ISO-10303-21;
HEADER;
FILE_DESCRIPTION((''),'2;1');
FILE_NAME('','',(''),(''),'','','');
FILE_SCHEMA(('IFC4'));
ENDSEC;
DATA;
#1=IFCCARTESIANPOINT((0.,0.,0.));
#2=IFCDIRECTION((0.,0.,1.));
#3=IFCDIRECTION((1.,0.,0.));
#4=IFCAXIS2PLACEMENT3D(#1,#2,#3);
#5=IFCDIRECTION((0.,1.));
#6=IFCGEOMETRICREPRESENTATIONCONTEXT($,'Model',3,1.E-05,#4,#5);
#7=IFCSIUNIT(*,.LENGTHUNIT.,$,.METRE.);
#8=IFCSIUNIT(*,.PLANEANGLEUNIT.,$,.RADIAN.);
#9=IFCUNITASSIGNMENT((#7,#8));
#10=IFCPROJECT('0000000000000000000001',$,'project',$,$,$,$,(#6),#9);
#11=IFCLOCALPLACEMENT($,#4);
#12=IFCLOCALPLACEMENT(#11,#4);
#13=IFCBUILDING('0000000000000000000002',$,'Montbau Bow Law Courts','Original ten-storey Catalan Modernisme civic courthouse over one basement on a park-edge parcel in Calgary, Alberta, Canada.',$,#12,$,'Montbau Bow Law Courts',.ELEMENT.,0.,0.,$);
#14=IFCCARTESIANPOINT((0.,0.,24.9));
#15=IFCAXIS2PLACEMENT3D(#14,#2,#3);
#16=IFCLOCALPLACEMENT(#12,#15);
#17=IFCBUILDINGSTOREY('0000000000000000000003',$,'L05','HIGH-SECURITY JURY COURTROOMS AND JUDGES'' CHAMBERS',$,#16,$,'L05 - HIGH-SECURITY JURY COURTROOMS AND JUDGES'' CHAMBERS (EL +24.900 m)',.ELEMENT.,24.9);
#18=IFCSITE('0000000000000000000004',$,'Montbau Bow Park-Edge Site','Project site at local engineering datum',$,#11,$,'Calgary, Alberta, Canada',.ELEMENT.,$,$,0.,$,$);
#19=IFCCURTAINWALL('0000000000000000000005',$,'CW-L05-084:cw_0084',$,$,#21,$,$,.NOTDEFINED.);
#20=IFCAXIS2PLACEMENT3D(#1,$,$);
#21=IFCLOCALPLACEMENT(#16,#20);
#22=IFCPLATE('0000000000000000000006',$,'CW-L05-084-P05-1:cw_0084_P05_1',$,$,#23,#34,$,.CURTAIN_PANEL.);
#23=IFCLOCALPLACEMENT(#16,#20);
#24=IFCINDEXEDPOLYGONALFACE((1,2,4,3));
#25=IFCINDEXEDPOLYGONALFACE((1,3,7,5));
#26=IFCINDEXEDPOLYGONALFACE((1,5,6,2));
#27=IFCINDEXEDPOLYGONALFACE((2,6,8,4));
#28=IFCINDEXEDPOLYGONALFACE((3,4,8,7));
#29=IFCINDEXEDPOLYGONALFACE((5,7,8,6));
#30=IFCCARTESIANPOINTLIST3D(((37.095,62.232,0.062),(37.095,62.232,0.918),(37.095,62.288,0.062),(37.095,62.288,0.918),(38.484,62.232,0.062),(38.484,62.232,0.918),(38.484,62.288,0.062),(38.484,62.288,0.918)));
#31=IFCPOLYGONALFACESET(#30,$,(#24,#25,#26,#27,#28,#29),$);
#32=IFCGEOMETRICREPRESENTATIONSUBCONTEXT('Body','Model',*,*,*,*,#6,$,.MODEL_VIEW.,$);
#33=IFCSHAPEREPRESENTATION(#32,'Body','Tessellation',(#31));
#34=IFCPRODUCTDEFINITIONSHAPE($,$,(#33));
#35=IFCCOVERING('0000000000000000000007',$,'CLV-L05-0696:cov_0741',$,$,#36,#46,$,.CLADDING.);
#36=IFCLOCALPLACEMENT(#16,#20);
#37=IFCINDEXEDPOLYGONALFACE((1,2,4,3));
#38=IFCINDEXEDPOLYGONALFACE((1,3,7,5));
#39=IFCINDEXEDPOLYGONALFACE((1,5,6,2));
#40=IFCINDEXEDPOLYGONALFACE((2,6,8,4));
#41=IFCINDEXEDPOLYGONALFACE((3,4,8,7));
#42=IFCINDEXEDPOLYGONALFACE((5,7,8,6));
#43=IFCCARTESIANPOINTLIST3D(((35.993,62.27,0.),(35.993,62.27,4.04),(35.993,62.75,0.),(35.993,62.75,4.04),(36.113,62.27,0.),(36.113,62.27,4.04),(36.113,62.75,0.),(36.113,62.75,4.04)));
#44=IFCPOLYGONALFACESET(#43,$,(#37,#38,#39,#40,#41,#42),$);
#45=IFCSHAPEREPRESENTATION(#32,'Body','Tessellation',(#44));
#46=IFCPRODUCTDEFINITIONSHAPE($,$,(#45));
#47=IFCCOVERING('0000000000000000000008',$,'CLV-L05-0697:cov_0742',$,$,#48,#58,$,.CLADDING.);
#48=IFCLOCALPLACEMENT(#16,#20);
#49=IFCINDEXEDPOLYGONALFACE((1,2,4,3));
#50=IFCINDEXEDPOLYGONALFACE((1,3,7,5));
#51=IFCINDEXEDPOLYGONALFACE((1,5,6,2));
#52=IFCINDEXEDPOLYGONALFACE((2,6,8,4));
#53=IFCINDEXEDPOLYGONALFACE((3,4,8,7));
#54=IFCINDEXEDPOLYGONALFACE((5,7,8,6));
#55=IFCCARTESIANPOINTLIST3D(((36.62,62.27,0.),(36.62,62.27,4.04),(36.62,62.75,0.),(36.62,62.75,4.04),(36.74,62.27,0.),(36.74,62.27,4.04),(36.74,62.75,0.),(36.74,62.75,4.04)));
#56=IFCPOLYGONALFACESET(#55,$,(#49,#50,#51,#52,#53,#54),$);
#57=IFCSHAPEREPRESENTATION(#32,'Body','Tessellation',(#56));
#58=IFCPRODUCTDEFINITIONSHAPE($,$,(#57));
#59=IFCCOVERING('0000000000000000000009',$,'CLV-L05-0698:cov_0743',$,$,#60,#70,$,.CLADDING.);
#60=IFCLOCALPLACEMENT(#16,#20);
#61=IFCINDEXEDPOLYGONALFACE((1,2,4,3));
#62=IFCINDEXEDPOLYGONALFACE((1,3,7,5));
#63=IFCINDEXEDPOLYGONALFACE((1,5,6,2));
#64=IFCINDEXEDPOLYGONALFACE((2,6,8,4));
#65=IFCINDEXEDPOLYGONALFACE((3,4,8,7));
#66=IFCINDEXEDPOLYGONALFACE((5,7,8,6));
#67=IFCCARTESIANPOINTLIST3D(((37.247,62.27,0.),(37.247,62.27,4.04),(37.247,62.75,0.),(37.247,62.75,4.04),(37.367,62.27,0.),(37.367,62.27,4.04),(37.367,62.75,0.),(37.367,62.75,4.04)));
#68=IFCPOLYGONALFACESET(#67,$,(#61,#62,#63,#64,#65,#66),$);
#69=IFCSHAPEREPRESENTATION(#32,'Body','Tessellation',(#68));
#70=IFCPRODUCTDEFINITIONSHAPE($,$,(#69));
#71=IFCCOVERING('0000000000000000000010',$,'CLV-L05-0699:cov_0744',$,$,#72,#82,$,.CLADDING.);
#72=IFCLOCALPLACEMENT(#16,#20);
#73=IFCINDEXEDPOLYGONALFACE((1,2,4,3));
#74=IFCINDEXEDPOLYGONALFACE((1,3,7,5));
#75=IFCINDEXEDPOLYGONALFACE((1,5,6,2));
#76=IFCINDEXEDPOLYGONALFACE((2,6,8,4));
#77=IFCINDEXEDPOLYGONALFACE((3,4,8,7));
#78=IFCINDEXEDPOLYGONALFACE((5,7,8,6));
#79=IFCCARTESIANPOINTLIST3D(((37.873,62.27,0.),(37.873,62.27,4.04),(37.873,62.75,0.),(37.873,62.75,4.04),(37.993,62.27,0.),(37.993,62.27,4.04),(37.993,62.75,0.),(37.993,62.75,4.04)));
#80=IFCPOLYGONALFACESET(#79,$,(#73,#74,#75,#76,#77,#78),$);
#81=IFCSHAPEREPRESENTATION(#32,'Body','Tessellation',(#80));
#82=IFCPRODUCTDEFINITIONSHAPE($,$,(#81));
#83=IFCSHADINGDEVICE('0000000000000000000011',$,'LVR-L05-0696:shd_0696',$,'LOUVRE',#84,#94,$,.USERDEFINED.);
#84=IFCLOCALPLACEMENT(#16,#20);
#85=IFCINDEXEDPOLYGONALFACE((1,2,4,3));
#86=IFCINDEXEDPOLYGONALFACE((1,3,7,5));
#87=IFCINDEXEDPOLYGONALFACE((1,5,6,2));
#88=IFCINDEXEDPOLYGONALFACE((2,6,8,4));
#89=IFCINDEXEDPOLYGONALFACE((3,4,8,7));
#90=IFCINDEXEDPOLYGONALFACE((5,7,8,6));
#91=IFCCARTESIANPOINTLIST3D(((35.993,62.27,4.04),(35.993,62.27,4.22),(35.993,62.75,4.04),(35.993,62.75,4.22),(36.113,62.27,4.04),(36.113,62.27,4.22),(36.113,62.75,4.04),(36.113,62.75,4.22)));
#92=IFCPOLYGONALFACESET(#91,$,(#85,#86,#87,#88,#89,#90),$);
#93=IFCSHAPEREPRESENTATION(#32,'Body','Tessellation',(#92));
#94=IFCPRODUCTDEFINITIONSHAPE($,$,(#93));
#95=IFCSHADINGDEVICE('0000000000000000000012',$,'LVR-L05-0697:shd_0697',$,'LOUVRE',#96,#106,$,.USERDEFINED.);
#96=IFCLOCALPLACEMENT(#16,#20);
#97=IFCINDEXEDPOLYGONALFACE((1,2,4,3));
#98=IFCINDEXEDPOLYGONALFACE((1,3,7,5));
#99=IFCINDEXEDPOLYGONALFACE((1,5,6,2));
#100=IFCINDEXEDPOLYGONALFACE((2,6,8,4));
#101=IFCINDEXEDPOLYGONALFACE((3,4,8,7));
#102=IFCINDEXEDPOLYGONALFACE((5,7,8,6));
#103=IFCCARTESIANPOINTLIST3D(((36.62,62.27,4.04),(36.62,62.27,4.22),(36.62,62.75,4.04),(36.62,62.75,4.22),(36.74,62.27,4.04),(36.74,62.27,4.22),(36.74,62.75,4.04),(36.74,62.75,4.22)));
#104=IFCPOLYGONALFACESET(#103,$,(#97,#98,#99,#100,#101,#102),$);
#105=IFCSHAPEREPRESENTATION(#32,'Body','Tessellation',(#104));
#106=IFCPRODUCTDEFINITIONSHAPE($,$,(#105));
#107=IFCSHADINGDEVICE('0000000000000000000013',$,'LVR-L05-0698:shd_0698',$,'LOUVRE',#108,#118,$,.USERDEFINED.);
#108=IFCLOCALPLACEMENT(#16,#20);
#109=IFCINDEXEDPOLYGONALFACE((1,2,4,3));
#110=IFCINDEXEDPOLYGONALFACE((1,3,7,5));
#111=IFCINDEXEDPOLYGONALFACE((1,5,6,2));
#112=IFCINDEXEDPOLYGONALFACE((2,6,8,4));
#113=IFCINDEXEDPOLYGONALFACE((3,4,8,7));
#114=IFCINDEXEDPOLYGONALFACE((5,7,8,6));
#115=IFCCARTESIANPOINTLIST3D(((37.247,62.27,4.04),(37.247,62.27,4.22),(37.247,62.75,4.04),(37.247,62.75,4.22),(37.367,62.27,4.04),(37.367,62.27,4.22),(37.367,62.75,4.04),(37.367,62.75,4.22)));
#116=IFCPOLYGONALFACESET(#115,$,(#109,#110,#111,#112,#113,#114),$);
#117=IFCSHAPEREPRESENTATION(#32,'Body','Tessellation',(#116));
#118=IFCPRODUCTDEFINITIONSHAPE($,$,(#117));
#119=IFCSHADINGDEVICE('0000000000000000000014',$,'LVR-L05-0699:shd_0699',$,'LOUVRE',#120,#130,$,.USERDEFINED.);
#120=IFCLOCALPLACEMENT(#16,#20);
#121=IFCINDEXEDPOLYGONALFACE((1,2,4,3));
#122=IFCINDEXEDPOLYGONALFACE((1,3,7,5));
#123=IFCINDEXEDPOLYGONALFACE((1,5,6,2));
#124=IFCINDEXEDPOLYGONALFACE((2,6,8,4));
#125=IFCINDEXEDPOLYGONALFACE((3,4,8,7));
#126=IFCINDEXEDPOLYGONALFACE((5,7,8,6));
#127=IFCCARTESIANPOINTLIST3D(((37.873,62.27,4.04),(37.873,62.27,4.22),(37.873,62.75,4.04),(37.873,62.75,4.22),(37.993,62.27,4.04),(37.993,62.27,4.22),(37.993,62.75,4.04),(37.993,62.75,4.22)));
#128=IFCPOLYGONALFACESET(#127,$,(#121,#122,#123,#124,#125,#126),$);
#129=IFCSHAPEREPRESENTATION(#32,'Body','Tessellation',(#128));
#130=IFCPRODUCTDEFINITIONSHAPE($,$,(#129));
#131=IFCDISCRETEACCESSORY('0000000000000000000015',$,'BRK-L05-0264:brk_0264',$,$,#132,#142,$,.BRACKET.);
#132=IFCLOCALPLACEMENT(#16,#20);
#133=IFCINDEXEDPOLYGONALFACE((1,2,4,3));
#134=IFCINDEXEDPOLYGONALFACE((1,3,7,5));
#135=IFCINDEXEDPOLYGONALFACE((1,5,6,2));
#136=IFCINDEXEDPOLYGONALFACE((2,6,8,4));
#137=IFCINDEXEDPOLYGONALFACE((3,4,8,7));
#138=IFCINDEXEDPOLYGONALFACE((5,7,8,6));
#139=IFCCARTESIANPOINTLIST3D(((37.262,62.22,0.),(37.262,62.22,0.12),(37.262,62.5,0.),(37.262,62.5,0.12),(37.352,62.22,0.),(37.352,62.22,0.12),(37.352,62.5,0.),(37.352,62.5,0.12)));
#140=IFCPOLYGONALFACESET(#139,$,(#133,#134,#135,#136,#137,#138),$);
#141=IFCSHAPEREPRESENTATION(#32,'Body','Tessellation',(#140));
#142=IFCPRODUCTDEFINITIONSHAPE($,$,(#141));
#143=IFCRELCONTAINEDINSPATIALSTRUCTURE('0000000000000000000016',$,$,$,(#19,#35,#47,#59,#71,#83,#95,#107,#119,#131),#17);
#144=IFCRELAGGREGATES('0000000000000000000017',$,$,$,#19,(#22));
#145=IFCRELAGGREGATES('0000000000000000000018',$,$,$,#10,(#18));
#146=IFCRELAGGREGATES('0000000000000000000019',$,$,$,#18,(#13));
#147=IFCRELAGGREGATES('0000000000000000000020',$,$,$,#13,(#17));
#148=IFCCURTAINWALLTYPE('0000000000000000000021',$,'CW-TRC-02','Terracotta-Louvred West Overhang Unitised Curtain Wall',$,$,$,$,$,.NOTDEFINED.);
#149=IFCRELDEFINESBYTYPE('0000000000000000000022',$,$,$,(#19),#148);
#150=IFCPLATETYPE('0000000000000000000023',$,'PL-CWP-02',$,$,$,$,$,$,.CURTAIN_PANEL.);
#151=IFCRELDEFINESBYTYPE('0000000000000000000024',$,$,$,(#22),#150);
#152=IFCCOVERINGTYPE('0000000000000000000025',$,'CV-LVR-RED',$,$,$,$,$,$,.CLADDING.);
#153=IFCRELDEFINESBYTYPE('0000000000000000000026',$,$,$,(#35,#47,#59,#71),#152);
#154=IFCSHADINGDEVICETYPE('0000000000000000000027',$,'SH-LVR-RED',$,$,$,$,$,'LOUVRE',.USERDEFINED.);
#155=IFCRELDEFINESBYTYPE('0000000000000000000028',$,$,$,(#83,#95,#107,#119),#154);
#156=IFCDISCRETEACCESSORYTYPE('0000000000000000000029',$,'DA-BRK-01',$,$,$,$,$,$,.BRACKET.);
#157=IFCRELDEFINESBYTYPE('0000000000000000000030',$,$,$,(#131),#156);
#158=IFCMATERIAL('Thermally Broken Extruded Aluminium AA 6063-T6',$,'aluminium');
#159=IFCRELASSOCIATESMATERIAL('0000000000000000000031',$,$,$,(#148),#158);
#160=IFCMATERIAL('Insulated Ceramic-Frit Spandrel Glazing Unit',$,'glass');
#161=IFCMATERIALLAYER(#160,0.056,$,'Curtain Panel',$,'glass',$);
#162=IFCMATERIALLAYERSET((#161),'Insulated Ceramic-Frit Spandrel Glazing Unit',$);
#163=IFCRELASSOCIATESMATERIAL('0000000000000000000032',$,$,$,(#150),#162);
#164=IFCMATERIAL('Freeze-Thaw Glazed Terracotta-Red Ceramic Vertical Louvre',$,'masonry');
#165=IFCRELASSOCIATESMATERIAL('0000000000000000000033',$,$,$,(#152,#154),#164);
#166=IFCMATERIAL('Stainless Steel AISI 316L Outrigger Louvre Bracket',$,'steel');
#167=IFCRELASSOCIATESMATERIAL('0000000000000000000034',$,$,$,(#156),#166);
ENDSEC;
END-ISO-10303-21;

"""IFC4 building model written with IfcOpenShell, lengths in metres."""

from ifc_helpers import new_model, si_unit, direction, frame, frame_2d, origin_with_axes, origin_2d_with_axis, place, context, subcontext, project, spatial, rectangle, extrude, material, layer, layer_set, type_object, element, aggregate, save


model = new_model("IFC4")

# Units and contexts
model_context = context("Model", 3, precision=1e-05, world=origin_with_axes(), true_north=direction((0.0, 1.0)))
body_context = subcontext(model_context, "Body", "Model", "MODEL_VIEW")
ifc_project = project(units=[si_unit("LENGTHUNIT", "METRE"), si_unit("PLANEANGLEUNIT", "RADIAN")], contexts=[model_context])

# Site, building, storey
site_placement = place(None, origin_with_axes())
site = spatial("IfcSite", under=ifc_project, at=site_placement, Name="Montbau Bow Park-Edge Site", Description="Project site at local engineering datum", LongName="Calgary, Alberta, Canada", CompositionType="ELEMENT", RefElevation=0.0)
building_placement = place(site_placement, origin_with_axes())
building = spatial("IfcBuilding", under=site, at=building_placement, Name="Montbau Bow Law Courts", Description="Original ten-storey Catalan Modernisme civic courthouse over one basement on a park-edge parcel in Calgary, Alberta, Canada.", LongName="Montbau Bow Law Courts", CompositionType="ELEMENT", ElevationOfRefHeight=0.0, ElevationOfTerrain=0.0)
storey_placement = place(building_placement, frame((0.0, 0.0, 24.9), z_axis=(0.0, 0.0, 1.0), x_axis=(1.0, 0.0, 0.0)))
storey = spatial("IfcBuildingStorey", under=building, at=storey_placement, Name="L05", Description="HIGH-SECURITY JURY COURTROOMS AND JUDGES' CHAMBERS", LongName="L05 - HIGH-SECURITY JURY COURTROOMS AND JUDGES' CHAMBERS (EL +24.900 m)", CompositionType="ELEMENT", Elevation=24.9)

# Curtain wall, plate
ifc_material_1 = material(Name="Thermally Broken Extruded Aluminium AA 6063-T6", Category="aluminium")
curtain_wall_type = type_object("IfcCurtainWallType", Name="CW-TRC-02", Description="Terracotta-Louvred West Overhang Unitised Curtain Wall", PredefinedType="NOTDEFINED", material=ifc_material_1)
curtain_wall_placement = place(None, frame((31.04, 62.26, 24.9), z_axis=(0.0, 0.0, 1.0), x_axis=(1.0, 0.0, 0.0)))
curtain_wall = element("IfcCurtainWall", 1, at=curtain_wall_placement, inside=storey, type_object=curtain_wall_type, Name="CW-L05-084:cw_0084", PredefinedType="NOTDEFINED")
ifc_material_2 = material(Name="Insulated Ceramic-Frit Spandrel Glazing Unit", Category="glass")
ifc_layer_1 = layer(ifc_material_2, 0.056, Name="Curtain Panel", Category="glass")
ifc_layer_set_1 = layer_set([ifc_layer_1], Name="Insulated Ceramic-Frit Spandrel Glazing Unit")
plate_type_1 = type_object("IfcPlateType", Name="PL-CWP-02", PredefinedType="CURTAIN_PANEL", material=ifc_layer_set_1)
plate_1_placement = place(None, frame((37.095, 62.26, 24.962), z_axis=(0.0, -1.0, 0.0), x_axis=(1.0, 0.0, 0.0)))
plate_1 = element("IfcPlate", 2, at=plate_1_placement, type_object=plate_type_1, Name="CW-L05-084-P05-1:cw_0084_P05_1", PredefinedType="CURTAIN_PANEL", context=body_context, shape_type="SweptSolid", body=[
    extrude(rectangle(XDim=1.389, YDim=0.856, at=frame_2d((0.6945, 0.428), x_axis=(1.0, 0.0))), frame((0.0, 0.0, -0.028), z_axis=(0.0, 0.0, 1.0), x_axis=(1.0, 0.0, 0.0)), (0.0, 0.0, 1.0), 0.056),
])
aggregate(curtain_wall, [plate_1])

# Coverings
ifc_material_3 = material(Name="Freeze-Thaw Glazed Terracotta-Red Ceramic Vertical Louvre", Category="masonry")
covering_type = type_object("IfcCoveringType", Name="CV-LVR-RED", PredefinedType="CLADDING", material=ifc_material_3)
for number, where, z_axis, x_axis, name in (
    (3, (36.053, 62.27, 24.9), (1.0, 0.0, 0.0), (0.0, 1.0, 0.0), "CLV-L05-0696:cov_0741"),
    (4, (36.68, 62.27, 24.9), (1.0, 0.0, 0.0), (0.0, 1.0, 0.0), "CLV-L05-0697:cov_0742"),
    (5, (37.307, 62.27, 24.9), (1.0, 0.0, 0.0), (0.0, 1.0, 0.0), "CLV-L05-0698:cov_0743"),
    (6, (37.933, 62.27, 24.9), (1.0, 0.0, 0.0), (0.0, 1.0, 0.0), "CLV-L05-0699:cov_0744"),
):
    element("IfcCovering", number, at=place(None, frame(where, z_axis=z_axis, x_axis=x_axis)), inside=storey, type_object=covering_type, Name=name, PredefinedType="CLADDING", context=body_context, shape_type="SweptSolid", body=[
        extrude(rectangle(XDim=0.48, YDim=4.04, at=frame_2d((0.24, 2.02), x_axis=(1.0, 0.0))), frame((0.0, 0.0, -0.06), z_axis=(0.0, 0.0, 1.0), x_axis=(1.0, 0.0, 0.0)), (0.0, 0.0, 1.0), 0.12),
    ])

# Shading devices
shading_device_type = type_object("IfcShadingDeviceType", Name="SH-LVR-RED", ElementType="LOUVRE", PredefinedType="USERDEFINED", material=ifc_material_3)
for number, where, z_axis, x_axis, name in (
    (7, (36.053, 62.51, 28.94), (0.0, 0.0, 1.0), (0.0, 1.0, 0.0), "LVR-L05-0696:shd_0696"),
    (8, (36.68, 62.51, 28.94), (0.0, 0.0, 1.0), (0.0, 1.0, 0.0), "LVR-L05-0697:shd_0697"),
    (9, (37.307, 62.51, 28.94), (0.0, 0.0, 1.0), (0.0, 1.0, 0.0), "LVR-L05-0698:shd_0698"),
    (10, (37.933, 62.51, 28.94), (0.0, 0.0, 1.0), (0.0, 1.0, 0.0), "LVR-L05-0699:shd_0699"),
):
    element("IfcShadingDevice", number, at=place(None, frame(where, z_axis=z_axis, x_axis=x_axis)), inside=storey, type_object=shading_device_type, Name=name, ObjectType="LOUVRE", PredefinedType="USERDEFINED", context=body_context, shape_type="SweptSolid", body=[
        extrude(rectangle(XDim=0.48, YDim=0.12, at=origin_2d_with_axis()), origin_with_axes(), (0.0, 0.0, 1.0), 0.18),
    ])

# Discrete accessory
ifc_material_4 = material(Name="Stainless Steel AISI 316L Outrigger Louvre Bracket", Category="steel")
discrete_accessory_type = type_object("IfcDiscreteAccessoryType", Name="DA-BRK-01", PredefinedType="BRACKET", material=ifc_material_4)
discrete_accessory_placement = place(None, frame((37.307, 62.36, 24.9), z_axis=(0.0, 0.0, 1.0), x_axis=(0.0, 1.0, 0.0)))
element("IfcDiscreteAccessory", 11, at=discrete_accessory_placement, inside=storey, type_object=discrete_accessory_type, Name="BRK-L05-0264:brk_0264", PredefinedType="BRACKET", context=body_context, shape_type="SweptSolid", body=[
    extrude(rectangle(XDim=0.28, YDim=0.09, at=origin_2d_with_axis()), origin_with_axes(), (0.0, 0.0, 1.0), 0.12),
])

save(model, "model.ifc")
